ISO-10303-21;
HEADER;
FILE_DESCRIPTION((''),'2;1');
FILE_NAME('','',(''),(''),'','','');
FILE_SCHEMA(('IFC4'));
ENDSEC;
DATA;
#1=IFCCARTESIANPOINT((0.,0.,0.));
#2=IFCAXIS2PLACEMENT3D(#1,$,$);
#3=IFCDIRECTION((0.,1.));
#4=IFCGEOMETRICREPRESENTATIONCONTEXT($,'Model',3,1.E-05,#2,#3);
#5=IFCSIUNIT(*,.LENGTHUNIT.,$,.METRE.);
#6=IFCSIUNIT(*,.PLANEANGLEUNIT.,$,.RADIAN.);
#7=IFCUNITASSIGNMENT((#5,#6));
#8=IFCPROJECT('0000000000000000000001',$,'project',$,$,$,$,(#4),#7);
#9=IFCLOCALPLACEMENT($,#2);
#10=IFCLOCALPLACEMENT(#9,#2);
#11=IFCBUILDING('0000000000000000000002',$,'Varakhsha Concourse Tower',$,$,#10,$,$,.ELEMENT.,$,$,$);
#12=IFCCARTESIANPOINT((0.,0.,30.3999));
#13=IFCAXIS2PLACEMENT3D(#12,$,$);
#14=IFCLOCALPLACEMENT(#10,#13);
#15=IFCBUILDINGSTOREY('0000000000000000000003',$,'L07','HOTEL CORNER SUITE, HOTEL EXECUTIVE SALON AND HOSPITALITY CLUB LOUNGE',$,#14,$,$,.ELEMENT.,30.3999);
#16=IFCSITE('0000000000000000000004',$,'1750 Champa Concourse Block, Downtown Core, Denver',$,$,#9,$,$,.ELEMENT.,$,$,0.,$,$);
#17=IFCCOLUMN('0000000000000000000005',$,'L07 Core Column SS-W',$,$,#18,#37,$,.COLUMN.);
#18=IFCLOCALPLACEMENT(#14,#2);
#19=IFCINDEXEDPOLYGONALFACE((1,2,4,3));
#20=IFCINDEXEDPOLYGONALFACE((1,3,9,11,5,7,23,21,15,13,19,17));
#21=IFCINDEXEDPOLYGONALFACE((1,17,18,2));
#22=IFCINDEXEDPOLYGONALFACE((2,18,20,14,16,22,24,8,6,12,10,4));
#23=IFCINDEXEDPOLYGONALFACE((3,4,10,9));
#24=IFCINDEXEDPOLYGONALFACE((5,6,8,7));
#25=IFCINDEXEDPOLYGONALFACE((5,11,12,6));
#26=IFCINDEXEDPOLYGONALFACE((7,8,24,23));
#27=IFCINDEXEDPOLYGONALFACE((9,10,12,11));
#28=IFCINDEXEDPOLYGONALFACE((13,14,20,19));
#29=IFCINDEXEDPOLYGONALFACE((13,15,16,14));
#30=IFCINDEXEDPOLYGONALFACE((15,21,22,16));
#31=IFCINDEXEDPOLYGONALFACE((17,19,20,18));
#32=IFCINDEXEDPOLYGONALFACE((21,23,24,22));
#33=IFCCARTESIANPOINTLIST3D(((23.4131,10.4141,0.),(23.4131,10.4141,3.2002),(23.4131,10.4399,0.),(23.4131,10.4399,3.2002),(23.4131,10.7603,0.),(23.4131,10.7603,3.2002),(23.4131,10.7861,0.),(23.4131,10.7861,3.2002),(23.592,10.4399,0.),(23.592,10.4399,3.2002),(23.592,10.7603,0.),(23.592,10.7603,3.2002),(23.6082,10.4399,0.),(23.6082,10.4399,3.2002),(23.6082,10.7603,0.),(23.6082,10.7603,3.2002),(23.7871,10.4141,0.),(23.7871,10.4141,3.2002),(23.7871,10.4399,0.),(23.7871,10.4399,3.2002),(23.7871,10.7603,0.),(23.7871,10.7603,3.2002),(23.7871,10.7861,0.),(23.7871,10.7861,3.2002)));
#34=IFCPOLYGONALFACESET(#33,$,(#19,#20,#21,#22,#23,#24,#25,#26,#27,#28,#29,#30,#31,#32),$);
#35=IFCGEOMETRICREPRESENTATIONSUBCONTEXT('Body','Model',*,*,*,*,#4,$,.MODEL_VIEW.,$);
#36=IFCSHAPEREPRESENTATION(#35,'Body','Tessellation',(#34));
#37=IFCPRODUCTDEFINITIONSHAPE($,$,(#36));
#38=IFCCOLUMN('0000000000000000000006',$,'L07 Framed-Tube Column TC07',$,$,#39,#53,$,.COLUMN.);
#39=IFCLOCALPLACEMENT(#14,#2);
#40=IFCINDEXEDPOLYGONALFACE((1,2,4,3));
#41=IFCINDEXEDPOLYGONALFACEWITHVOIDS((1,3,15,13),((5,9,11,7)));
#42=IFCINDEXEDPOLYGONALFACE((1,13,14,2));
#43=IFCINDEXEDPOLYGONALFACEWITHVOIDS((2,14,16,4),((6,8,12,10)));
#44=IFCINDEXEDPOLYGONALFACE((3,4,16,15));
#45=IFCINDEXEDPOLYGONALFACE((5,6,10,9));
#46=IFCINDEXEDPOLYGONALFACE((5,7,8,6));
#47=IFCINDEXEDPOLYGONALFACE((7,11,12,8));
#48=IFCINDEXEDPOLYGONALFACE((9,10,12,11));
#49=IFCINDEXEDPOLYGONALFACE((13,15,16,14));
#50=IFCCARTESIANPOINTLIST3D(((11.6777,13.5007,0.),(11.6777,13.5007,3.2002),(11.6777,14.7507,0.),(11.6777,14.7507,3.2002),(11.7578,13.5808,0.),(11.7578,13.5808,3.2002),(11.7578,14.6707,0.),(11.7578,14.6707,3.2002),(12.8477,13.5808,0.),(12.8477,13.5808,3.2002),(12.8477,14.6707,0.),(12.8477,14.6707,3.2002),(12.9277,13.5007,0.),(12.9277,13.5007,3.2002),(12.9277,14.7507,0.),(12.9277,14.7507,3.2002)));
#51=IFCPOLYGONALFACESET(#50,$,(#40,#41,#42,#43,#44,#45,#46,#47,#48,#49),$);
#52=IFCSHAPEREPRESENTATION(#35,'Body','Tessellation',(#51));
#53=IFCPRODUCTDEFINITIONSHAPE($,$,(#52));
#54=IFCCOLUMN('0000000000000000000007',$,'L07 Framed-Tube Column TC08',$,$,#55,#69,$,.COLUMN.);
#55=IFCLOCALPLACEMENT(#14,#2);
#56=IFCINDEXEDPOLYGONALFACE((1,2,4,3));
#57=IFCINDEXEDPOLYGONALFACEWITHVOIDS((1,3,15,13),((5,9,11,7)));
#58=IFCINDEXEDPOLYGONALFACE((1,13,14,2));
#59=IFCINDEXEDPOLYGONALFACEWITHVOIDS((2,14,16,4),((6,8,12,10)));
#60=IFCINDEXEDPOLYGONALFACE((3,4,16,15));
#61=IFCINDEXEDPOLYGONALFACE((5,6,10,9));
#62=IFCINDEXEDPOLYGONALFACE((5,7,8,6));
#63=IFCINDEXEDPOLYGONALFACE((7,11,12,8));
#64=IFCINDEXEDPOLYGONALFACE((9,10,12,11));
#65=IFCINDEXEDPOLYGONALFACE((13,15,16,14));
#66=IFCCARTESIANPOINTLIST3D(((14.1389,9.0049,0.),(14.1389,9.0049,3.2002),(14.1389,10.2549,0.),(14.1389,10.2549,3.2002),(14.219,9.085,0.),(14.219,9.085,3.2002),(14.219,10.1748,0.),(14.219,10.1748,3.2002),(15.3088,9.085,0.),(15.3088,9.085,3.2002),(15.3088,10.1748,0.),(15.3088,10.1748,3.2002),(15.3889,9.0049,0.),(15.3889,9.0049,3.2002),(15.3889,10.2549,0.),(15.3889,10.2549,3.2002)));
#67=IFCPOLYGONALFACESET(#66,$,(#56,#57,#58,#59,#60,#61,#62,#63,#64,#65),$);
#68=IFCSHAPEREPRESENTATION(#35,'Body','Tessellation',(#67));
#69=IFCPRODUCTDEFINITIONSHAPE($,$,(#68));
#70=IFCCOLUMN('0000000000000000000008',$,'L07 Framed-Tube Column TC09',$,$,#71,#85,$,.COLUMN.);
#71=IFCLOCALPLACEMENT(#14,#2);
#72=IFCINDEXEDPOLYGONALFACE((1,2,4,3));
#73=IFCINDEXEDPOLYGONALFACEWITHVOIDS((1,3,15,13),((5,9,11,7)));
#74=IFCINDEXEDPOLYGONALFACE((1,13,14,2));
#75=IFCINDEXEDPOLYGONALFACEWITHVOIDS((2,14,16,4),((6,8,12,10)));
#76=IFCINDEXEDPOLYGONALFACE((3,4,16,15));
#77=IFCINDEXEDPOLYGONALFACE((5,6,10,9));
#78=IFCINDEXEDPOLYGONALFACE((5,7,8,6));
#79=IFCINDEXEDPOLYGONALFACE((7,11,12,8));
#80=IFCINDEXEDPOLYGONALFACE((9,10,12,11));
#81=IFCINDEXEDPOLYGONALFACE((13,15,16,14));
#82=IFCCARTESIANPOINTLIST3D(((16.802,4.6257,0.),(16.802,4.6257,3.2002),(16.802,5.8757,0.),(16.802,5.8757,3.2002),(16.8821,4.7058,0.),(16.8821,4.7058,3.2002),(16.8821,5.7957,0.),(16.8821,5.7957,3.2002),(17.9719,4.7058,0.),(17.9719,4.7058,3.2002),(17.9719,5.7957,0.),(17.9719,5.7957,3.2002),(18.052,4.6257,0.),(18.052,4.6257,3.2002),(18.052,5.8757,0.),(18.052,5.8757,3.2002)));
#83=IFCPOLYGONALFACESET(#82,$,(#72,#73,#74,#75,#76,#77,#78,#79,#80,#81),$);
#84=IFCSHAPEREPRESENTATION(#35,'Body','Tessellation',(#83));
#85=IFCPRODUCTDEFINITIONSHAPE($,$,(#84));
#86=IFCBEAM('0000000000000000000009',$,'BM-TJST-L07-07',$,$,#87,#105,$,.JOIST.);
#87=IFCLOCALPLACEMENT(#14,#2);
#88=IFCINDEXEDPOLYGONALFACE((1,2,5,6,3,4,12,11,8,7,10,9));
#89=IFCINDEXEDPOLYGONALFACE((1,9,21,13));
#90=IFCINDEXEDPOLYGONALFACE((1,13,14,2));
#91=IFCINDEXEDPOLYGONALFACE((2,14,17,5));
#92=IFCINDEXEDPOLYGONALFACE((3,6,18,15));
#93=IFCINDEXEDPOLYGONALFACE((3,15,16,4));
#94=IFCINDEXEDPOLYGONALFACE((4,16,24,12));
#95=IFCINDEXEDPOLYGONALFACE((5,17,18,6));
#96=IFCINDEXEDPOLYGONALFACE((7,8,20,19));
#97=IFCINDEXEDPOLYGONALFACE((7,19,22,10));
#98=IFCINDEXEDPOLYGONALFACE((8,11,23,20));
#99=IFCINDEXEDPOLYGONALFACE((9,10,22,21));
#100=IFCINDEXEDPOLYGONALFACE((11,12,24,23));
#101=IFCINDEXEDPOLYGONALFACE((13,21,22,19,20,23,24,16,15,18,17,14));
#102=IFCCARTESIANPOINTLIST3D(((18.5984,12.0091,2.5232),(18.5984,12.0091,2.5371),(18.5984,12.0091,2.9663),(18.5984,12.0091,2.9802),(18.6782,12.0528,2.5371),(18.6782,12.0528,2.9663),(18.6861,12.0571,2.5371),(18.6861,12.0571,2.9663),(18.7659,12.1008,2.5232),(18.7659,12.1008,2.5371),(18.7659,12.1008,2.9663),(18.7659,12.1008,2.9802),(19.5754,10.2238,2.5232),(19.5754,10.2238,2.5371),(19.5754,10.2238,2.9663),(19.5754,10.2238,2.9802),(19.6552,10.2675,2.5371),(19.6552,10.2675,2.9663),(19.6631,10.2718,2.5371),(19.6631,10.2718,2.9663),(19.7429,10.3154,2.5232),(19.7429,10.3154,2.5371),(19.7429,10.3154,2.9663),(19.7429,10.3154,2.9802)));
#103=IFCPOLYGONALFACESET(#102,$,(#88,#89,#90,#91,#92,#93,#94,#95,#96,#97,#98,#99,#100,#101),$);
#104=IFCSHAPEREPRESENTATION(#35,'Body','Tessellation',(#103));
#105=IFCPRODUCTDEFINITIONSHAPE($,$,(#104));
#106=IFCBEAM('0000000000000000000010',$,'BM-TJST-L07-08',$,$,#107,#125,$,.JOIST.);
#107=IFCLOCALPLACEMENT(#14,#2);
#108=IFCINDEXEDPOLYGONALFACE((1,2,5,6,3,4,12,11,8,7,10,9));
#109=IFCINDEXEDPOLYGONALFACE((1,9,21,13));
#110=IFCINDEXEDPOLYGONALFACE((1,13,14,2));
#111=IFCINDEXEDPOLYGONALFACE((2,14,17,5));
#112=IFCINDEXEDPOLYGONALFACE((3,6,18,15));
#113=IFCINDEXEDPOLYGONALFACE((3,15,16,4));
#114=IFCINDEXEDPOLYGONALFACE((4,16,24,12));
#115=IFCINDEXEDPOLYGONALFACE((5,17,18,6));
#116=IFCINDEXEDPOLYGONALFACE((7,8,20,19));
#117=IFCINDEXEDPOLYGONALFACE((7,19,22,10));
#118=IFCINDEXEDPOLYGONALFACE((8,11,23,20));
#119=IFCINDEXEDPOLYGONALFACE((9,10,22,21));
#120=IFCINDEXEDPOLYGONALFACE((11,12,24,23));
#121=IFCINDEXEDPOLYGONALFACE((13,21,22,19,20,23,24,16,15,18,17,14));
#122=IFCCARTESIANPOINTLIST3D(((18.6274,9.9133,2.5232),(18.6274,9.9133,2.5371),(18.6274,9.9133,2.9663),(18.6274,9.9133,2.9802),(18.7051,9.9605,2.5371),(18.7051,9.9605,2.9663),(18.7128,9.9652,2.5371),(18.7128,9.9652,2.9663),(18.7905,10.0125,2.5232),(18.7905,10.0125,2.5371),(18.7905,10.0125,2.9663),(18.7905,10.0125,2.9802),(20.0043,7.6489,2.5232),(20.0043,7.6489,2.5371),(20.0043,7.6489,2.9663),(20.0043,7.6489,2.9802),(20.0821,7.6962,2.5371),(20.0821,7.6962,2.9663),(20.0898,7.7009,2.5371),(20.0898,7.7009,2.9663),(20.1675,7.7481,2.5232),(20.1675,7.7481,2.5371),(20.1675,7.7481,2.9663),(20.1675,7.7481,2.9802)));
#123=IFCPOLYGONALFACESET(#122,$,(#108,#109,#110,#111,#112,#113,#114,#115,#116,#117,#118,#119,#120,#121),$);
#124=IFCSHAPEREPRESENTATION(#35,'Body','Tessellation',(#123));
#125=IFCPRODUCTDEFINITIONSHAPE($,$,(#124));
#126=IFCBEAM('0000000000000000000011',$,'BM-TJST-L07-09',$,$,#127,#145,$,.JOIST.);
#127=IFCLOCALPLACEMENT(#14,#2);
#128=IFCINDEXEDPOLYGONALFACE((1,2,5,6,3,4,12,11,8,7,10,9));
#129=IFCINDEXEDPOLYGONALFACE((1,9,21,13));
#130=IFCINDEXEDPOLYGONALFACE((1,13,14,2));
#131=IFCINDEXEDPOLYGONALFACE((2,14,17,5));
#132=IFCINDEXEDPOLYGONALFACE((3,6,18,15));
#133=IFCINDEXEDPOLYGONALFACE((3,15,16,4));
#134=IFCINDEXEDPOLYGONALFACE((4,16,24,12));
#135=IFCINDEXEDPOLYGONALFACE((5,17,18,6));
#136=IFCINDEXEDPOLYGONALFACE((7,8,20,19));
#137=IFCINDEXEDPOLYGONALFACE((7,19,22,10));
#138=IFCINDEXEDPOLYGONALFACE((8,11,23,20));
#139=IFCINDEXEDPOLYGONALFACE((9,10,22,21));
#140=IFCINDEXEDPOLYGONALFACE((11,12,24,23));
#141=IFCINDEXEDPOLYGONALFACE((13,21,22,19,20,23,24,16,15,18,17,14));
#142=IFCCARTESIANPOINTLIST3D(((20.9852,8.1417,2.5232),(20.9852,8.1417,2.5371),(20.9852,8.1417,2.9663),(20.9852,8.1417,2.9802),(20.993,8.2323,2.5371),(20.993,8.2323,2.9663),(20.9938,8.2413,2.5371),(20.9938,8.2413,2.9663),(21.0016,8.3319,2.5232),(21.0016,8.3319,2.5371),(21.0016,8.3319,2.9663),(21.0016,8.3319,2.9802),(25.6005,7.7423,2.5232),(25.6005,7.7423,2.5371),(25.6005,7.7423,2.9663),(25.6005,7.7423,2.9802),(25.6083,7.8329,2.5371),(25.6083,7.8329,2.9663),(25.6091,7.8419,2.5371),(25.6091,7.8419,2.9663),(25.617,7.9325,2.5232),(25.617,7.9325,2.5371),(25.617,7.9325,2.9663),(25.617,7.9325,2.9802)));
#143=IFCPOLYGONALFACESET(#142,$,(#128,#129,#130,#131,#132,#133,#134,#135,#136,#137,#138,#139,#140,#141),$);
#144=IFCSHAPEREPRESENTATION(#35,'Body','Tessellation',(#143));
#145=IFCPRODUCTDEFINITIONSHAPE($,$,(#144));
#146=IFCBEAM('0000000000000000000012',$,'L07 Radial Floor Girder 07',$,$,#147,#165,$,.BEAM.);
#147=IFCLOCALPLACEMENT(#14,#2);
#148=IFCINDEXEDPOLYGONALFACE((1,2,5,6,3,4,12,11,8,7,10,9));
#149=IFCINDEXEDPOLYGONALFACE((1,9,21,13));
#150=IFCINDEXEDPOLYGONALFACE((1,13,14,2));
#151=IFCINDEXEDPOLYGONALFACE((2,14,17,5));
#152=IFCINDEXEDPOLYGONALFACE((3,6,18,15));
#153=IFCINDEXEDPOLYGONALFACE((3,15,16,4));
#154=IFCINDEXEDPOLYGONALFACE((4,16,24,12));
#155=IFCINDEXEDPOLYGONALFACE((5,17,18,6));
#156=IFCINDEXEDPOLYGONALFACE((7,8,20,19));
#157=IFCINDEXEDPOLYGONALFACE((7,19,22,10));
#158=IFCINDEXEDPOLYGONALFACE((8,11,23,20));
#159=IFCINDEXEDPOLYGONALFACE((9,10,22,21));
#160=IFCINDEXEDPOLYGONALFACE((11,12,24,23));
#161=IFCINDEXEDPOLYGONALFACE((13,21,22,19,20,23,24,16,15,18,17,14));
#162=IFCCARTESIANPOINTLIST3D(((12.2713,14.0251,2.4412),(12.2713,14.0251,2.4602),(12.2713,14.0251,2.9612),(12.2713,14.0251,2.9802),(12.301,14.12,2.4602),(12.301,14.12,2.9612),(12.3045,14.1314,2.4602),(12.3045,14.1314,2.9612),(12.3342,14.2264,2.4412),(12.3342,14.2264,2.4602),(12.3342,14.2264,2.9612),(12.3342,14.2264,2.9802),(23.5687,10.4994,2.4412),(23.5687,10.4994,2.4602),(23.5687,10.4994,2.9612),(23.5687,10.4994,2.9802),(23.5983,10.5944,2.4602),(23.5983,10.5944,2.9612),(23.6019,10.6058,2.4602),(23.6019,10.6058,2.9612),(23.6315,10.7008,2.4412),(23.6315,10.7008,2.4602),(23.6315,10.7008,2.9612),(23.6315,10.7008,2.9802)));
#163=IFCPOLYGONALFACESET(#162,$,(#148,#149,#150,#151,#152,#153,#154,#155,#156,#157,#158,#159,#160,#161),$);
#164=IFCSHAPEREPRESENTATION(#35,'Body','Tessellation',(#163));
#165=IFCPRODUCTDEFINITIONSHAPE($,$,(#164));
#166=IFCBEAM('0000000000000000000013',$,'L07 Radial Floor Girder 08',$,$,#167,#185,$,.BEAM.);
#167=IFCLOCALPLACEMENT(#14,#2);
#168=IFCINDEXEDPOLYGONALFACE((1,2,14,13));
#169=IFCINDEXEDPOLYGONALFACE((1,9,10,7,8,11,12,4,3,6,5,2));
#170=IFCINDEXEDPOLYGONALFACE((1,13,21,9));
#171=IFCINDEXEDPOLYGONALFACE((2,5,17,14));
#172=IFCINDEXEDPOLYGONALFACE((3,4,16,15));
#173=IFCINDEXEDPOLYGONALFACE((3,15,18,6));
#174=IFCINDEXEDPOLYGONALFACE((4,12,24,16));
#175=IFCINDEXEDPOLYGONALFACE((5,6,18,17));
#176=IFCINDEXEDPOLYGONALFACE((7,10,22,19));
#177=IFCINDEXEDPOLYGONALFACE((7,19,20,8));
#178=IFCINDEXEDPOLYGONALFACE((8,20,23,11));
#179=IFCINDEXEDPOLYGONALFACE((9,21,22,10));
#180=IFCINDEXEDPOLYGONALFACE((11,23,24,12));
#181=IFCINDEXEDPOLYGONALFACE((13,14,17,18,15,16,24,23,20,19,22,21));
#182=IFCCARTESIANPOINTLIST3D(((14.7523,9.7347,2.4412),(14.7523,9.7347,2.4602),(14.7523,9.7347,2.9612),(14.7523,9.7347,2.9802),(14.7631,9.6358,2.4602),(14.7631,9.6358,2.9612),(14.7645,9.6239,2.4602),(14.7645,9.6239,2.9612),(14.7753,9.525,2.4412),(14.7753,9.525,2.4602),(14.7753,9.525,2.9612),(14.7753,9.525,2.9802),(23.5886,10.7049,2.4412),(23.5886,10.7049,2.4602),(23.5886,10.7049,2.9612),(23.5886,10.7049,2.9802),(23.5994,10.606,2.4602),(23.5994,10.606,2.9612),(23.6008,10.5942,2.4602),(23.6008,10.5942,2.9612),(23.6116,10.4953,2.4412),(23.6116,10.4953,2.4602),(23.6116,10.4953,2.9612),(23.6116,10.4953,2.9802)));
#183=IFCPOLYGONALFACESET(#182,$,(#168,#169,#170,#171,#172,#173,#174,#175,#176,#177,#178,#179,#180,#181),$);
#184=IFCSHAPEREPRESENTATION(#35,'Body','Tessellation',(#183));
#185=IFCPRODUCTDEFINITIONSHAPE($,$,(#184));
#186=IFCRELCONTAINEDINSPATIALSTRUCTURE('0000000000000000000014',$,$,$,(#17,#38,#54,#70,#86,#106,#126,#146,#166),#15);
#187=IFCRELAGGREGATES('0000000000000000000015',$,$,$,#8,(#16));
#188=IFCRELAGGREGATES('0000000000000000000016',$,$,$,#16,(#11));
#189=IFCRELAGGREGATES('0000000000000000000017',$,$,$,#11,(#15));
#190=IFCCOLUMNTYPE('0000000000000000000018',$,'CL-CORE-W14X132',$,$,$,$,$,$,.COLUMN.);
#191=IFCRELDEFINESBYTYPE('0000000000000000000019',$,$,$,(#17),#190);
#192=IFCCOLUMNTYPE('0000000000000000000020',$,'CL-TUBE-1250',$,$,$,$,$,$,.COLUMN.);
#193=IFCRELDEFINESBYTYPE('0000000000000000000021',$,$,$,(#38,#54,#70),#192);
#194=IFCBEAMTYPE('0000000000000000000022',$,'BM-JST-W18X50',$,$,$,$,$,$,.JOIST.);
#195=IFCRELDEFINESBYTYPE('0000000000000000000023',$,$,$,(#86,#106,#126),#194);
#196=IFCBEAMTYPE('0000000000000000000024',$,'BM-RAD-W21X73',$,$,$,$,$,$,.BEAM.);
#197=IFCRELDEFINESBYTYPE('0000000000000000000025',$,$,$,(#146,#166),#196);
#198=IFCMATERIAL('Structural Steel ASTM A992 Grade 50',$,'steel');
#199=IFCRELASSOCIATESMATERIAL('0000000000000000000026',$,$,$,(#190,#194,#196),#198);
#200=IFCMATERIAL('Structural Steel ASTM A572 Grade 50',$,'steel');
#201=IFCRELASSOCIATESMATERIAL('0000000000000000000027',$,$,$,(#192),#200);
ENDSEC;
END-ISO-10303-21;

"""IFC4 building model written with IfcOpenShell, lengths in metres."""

from ifc_helpers import new_model, si_unit, direction, frame, origin, origin_2d, place, context, subcontext, project, spatial, hollow_rectangle, i_section, extrude, material, material_profile, profile_set, type_object, element, save


model = new_model("IFC4")

# Units and contexts
model_context = context("Model", 3, precision=1e-05, world=origin(), true_north=direction((0.0, 1.0)))
body_context = subcontext(model_context, "Body", "Model", "MODEL_VIEW")
ifc_project = project(units=[si_unit("LENGTHUNIT", "METRE"), si_unit("PLANEANGLEUNIT", "RADIAN")], contexts=[model_context])

# Site, building, storey
site_placement = place(None, origin())
site = spatial("IfcSite", under=ifc_project, at=site_placement, Name="1750 Champa Concourse Block, Downtown Core, Denver", CompositionType="ELEMENT", RefElevation=0.0)
building_placement = place(site_placement, origin())
building = spatial("IfcBuilding", under=site, at=building_placement, Name="Varakhsha Concourse Tower", CompositionType="ELEMENT")
storey_placement = place(building_placement, frame((0.0, 0.0, 30.3999)))
storey = spatial("IfcBuildingStorey", under=building, at=storey_placement, Name="L07", Description="HOTEL CORNER SUITE, HOTEL EXECUTIVE SALON AND HOSPITALITY CLUB LOUNGE", CompositionType="ELEMENT", Elevation=30.3999)

# Columns
ifc_material_1 = material(Name="Structural Steel ASTM A992 Grade 50", Category="steel")
ifc_material_profile_1 = material_profile(ifc_material_1, i_section(OverallWidth=0.374, OverallDepth=0.3721, WebThickness=0.0161, FlangeThickness=0.0259, at=origin_2d()), Name="W14X132")
ifc_profile_set_1 = profile_set([ifc_material_profile_1], Name="Structural Steel ASTM A992 Grade 50")
column_type_1 = type_object("IfcColumnType", Name="CL-CORE-W14X132", PredefinedType="COLUMN", material=ifc_profile_set_1)
column_placement = place(storey_placement, frame((23.6001, 10.6001, 0.0), z_axis=(0.0, 0.0, 1.0), x_axis=(1.0, 0.0, 0.0)))
element("IfcColumn", 1, at=column_placement, inside=storey, type_object=column_type_1, Name="L07 Core Column SS-W", PredefinedType="COLUMN", context=body_context, shape_type="SweptSolid", body=[
    extrude(i_section(OverallWidth=0.374, OverallDepth=0.3721, WebThickness=0.0161, FlangeThickness=0.0259, at=origin_2d()), origin(), (0.0, 0.0, 1.0), 3.2002),
])
ifc_material_2 = material(Name="Structural Steel ASTM A572 Grade 50", Category="steel")
ifc_material_profile_2 = material_profile(ifc_material_2, hollow_rectangle(XDim=1.25, YDim=1.25, WallThickness=0.0801, at=origin_2d()), Name="BOX 1250x1250x80")
ifc_profile_set_2 = profile_set([ifc_material_profile_2], Name="Structural Steel ASTM A572 Grade 50")
column_type_2 = type_object("IfcColumnType", Name="CL-TUBE-1250", PredefinedType="COLUMN", material=ifc_profile_set_2)
for number, where, z_axis, x_axis, name in (
    (2, (12.3027, 14.1257, 0.0), (0.0, 0.0, 1.0), (1.0, 0.0, 0.0), "L07 Framed-Tube Column TC07"),
    (3, (14.7639, 9.6299, 0.0), (0.0, 0.0, 1.0), (1.0, 0.0, 0.0), "L07 Framed-Tube Column TC08"),
    (4, (17.427, 5.2507, 0.0), (0.0, 0.0, 1.0), (1.0, 0.0, 0.0), "L07 Framed-Tube Column TC09"),
):
    element("IfcColumn", number, at=place(storey_placement, frame(where, z_axis=z_axis, x_axis=x_axis)), inside=storey, type_object=column_type_2, Name=name, PredefinedType="COLUMN", context=body_context, shape_type="SweptSolid", body=[
        extrude(hollow_rectangle(XDim=1.25, YDim=1.25, WallThickness=0.0801, at=origin_2d()), origin(), (0.0, 0.0, 1.0), 3.2002),
    ])

# Beams
ifc_material_profile_3 = material_profile(ifc_material_1, i_section(OverallWidth=0.1909, OverallDepth=0.457, WebThickness=0.009, FlangeThickness=0.0139, at=origin_2d()), Name="W18X50")
ifc_profile_set_3 = profile_set([ifc_material_profile_3], Name="Structural Steel ASTM A992 Grade 50")
beam_type_1 = type_object("IfcBeamType", Name="BM-JST-W18X50", PredefinedType="JOIST", material=ifc_profile_set_3)
beam_1_placement = place(storey_placement, frame((18.6821, 12.0549, 2.7517), z_axis=(0.480062, -0.877235, 0.0), x_axis=(0.877235, 0.480062, 0.0)))
element("IfcBeam", 5, at=beam_1_placement, inside=storey, type_object=beam_type_1, Name="BM-TJST-L07-07", PredefinedType="JOIST", context=body_context, shape_type="SweptSolid", body=[
    extrude(i_section(OverallWidth=0.1909, OverallDepth=0.457, WebThickness=0.009, FlangeThickness=0.0139, at=origin_2d()), origin(), (0.0, 0.0, 1.0), 2.0352),
])
beam_2_placement = place(storey_placement, frame((18.709, 9.9629, 2.7517), z_axis=(0.519567, -0.85443, 0.0), x_axis=(0.85443, 0.519567, 0.0)))
element("IfcBeam", 6, at=beam_2_placement, inside=storey, type_object=beam_type_1, Name="BM-TJST-L07-08", PredefinedType="JOIST", context=body_context, shape_type="SweptSolid", body=[
    extrude(i_section(OverallWidth=0.1909, OverallDepth=0.457, WebThickness=0.009, FlangeThickness=0.0139, at=origin_2d()), origin(), (0.0, 0.0, 1.0), 2.6501),
])
beam_3_placement = place(storey_placement, frame((20.9934, 8.2368, 2.7517), z_axis=(0.996276, -0.08622, 0.0), x_axis=(0.08622, 0.996276, 0.0)))
element("IfcBeam", 7, at=beam_3_placement, inside=storey, type_object=beam_type_1, Name="BM-TJST-L07-09", PredefinedType="JOIST", context=body_context, shape_type="SweptSolid", body=[
    extrude(i_section(OverallWidth=0.1909, OverallDepth=0.457, WebThickness=0.009, FlangeThickness=0.0139, at=origin_2d()), origin(), (0.0, 0.0, 1.0), 4.6326),
])
ifc_material_profile_4 = material_profile(ifc_material_1, i_section(OverallWidth=0.2109, OverallDepth=0.5391, WebThickness=0.012, FlangeThickness=0.019, at=origin_2d()), Name="W21X73")
ifc_profile_set_4 = profile_set([ifc_material_profile_4], Name="Structural Steel ASTM A992 Grade 50")
beam_type_2 = type_object("IfcBeamType", Name="BM-RAD-W21X73", PredefinedType="BEAM", material=ifc_profile_set_4)
beam_4_placement = place(storey_placement, frame((23.6001, 10.6001, 2.7107), z_axis=(-0.954595, 0.297906, 0.0), x_axis=(-0.297906, -0.954595, 0.0)))
element("IfcBeam", 8, at=beam_4_placement, inside=storey, type_object=beam_type_2, Name="L07 Radial Floor Girder 07", PredefinedType="BEAM", context=body_context, shape_type="SweptSolid", body=[
    extrude(i_section(OverallWidth=0.2109, OverallDepth=0.5391, WebThickness=0.012, FlangeThickness=0.019, at=origin_2d()), origin(), (0.0, 0.0, 1.0), 11.8347),
])
beam_5_placement = place(storey_placement, frame((23.6001, 10.6001, 2.7107), z_axis=(-0.994026, -0.109144, 0.0), x_axis=(0.109144, -0.994026, 0.0)))
element("IfcBeam", 9, at=beam_5_placement, inside=storey, type_object=beam_type_2, Name="L07 Radial Floor Girder 08", PredefinedType="BEAM", context=body_context, shape_type="SweptSolid", body=[
    extrude(i_section(OverallWidth=0.2109, OverallDepth=0.5391, WebThickness=0.012, FlangeThickness=0.019, at=origin_2d()), origin(), (0.0, 0.0, 1.0), 8.8894),
])

save(model, "model.ifc")
